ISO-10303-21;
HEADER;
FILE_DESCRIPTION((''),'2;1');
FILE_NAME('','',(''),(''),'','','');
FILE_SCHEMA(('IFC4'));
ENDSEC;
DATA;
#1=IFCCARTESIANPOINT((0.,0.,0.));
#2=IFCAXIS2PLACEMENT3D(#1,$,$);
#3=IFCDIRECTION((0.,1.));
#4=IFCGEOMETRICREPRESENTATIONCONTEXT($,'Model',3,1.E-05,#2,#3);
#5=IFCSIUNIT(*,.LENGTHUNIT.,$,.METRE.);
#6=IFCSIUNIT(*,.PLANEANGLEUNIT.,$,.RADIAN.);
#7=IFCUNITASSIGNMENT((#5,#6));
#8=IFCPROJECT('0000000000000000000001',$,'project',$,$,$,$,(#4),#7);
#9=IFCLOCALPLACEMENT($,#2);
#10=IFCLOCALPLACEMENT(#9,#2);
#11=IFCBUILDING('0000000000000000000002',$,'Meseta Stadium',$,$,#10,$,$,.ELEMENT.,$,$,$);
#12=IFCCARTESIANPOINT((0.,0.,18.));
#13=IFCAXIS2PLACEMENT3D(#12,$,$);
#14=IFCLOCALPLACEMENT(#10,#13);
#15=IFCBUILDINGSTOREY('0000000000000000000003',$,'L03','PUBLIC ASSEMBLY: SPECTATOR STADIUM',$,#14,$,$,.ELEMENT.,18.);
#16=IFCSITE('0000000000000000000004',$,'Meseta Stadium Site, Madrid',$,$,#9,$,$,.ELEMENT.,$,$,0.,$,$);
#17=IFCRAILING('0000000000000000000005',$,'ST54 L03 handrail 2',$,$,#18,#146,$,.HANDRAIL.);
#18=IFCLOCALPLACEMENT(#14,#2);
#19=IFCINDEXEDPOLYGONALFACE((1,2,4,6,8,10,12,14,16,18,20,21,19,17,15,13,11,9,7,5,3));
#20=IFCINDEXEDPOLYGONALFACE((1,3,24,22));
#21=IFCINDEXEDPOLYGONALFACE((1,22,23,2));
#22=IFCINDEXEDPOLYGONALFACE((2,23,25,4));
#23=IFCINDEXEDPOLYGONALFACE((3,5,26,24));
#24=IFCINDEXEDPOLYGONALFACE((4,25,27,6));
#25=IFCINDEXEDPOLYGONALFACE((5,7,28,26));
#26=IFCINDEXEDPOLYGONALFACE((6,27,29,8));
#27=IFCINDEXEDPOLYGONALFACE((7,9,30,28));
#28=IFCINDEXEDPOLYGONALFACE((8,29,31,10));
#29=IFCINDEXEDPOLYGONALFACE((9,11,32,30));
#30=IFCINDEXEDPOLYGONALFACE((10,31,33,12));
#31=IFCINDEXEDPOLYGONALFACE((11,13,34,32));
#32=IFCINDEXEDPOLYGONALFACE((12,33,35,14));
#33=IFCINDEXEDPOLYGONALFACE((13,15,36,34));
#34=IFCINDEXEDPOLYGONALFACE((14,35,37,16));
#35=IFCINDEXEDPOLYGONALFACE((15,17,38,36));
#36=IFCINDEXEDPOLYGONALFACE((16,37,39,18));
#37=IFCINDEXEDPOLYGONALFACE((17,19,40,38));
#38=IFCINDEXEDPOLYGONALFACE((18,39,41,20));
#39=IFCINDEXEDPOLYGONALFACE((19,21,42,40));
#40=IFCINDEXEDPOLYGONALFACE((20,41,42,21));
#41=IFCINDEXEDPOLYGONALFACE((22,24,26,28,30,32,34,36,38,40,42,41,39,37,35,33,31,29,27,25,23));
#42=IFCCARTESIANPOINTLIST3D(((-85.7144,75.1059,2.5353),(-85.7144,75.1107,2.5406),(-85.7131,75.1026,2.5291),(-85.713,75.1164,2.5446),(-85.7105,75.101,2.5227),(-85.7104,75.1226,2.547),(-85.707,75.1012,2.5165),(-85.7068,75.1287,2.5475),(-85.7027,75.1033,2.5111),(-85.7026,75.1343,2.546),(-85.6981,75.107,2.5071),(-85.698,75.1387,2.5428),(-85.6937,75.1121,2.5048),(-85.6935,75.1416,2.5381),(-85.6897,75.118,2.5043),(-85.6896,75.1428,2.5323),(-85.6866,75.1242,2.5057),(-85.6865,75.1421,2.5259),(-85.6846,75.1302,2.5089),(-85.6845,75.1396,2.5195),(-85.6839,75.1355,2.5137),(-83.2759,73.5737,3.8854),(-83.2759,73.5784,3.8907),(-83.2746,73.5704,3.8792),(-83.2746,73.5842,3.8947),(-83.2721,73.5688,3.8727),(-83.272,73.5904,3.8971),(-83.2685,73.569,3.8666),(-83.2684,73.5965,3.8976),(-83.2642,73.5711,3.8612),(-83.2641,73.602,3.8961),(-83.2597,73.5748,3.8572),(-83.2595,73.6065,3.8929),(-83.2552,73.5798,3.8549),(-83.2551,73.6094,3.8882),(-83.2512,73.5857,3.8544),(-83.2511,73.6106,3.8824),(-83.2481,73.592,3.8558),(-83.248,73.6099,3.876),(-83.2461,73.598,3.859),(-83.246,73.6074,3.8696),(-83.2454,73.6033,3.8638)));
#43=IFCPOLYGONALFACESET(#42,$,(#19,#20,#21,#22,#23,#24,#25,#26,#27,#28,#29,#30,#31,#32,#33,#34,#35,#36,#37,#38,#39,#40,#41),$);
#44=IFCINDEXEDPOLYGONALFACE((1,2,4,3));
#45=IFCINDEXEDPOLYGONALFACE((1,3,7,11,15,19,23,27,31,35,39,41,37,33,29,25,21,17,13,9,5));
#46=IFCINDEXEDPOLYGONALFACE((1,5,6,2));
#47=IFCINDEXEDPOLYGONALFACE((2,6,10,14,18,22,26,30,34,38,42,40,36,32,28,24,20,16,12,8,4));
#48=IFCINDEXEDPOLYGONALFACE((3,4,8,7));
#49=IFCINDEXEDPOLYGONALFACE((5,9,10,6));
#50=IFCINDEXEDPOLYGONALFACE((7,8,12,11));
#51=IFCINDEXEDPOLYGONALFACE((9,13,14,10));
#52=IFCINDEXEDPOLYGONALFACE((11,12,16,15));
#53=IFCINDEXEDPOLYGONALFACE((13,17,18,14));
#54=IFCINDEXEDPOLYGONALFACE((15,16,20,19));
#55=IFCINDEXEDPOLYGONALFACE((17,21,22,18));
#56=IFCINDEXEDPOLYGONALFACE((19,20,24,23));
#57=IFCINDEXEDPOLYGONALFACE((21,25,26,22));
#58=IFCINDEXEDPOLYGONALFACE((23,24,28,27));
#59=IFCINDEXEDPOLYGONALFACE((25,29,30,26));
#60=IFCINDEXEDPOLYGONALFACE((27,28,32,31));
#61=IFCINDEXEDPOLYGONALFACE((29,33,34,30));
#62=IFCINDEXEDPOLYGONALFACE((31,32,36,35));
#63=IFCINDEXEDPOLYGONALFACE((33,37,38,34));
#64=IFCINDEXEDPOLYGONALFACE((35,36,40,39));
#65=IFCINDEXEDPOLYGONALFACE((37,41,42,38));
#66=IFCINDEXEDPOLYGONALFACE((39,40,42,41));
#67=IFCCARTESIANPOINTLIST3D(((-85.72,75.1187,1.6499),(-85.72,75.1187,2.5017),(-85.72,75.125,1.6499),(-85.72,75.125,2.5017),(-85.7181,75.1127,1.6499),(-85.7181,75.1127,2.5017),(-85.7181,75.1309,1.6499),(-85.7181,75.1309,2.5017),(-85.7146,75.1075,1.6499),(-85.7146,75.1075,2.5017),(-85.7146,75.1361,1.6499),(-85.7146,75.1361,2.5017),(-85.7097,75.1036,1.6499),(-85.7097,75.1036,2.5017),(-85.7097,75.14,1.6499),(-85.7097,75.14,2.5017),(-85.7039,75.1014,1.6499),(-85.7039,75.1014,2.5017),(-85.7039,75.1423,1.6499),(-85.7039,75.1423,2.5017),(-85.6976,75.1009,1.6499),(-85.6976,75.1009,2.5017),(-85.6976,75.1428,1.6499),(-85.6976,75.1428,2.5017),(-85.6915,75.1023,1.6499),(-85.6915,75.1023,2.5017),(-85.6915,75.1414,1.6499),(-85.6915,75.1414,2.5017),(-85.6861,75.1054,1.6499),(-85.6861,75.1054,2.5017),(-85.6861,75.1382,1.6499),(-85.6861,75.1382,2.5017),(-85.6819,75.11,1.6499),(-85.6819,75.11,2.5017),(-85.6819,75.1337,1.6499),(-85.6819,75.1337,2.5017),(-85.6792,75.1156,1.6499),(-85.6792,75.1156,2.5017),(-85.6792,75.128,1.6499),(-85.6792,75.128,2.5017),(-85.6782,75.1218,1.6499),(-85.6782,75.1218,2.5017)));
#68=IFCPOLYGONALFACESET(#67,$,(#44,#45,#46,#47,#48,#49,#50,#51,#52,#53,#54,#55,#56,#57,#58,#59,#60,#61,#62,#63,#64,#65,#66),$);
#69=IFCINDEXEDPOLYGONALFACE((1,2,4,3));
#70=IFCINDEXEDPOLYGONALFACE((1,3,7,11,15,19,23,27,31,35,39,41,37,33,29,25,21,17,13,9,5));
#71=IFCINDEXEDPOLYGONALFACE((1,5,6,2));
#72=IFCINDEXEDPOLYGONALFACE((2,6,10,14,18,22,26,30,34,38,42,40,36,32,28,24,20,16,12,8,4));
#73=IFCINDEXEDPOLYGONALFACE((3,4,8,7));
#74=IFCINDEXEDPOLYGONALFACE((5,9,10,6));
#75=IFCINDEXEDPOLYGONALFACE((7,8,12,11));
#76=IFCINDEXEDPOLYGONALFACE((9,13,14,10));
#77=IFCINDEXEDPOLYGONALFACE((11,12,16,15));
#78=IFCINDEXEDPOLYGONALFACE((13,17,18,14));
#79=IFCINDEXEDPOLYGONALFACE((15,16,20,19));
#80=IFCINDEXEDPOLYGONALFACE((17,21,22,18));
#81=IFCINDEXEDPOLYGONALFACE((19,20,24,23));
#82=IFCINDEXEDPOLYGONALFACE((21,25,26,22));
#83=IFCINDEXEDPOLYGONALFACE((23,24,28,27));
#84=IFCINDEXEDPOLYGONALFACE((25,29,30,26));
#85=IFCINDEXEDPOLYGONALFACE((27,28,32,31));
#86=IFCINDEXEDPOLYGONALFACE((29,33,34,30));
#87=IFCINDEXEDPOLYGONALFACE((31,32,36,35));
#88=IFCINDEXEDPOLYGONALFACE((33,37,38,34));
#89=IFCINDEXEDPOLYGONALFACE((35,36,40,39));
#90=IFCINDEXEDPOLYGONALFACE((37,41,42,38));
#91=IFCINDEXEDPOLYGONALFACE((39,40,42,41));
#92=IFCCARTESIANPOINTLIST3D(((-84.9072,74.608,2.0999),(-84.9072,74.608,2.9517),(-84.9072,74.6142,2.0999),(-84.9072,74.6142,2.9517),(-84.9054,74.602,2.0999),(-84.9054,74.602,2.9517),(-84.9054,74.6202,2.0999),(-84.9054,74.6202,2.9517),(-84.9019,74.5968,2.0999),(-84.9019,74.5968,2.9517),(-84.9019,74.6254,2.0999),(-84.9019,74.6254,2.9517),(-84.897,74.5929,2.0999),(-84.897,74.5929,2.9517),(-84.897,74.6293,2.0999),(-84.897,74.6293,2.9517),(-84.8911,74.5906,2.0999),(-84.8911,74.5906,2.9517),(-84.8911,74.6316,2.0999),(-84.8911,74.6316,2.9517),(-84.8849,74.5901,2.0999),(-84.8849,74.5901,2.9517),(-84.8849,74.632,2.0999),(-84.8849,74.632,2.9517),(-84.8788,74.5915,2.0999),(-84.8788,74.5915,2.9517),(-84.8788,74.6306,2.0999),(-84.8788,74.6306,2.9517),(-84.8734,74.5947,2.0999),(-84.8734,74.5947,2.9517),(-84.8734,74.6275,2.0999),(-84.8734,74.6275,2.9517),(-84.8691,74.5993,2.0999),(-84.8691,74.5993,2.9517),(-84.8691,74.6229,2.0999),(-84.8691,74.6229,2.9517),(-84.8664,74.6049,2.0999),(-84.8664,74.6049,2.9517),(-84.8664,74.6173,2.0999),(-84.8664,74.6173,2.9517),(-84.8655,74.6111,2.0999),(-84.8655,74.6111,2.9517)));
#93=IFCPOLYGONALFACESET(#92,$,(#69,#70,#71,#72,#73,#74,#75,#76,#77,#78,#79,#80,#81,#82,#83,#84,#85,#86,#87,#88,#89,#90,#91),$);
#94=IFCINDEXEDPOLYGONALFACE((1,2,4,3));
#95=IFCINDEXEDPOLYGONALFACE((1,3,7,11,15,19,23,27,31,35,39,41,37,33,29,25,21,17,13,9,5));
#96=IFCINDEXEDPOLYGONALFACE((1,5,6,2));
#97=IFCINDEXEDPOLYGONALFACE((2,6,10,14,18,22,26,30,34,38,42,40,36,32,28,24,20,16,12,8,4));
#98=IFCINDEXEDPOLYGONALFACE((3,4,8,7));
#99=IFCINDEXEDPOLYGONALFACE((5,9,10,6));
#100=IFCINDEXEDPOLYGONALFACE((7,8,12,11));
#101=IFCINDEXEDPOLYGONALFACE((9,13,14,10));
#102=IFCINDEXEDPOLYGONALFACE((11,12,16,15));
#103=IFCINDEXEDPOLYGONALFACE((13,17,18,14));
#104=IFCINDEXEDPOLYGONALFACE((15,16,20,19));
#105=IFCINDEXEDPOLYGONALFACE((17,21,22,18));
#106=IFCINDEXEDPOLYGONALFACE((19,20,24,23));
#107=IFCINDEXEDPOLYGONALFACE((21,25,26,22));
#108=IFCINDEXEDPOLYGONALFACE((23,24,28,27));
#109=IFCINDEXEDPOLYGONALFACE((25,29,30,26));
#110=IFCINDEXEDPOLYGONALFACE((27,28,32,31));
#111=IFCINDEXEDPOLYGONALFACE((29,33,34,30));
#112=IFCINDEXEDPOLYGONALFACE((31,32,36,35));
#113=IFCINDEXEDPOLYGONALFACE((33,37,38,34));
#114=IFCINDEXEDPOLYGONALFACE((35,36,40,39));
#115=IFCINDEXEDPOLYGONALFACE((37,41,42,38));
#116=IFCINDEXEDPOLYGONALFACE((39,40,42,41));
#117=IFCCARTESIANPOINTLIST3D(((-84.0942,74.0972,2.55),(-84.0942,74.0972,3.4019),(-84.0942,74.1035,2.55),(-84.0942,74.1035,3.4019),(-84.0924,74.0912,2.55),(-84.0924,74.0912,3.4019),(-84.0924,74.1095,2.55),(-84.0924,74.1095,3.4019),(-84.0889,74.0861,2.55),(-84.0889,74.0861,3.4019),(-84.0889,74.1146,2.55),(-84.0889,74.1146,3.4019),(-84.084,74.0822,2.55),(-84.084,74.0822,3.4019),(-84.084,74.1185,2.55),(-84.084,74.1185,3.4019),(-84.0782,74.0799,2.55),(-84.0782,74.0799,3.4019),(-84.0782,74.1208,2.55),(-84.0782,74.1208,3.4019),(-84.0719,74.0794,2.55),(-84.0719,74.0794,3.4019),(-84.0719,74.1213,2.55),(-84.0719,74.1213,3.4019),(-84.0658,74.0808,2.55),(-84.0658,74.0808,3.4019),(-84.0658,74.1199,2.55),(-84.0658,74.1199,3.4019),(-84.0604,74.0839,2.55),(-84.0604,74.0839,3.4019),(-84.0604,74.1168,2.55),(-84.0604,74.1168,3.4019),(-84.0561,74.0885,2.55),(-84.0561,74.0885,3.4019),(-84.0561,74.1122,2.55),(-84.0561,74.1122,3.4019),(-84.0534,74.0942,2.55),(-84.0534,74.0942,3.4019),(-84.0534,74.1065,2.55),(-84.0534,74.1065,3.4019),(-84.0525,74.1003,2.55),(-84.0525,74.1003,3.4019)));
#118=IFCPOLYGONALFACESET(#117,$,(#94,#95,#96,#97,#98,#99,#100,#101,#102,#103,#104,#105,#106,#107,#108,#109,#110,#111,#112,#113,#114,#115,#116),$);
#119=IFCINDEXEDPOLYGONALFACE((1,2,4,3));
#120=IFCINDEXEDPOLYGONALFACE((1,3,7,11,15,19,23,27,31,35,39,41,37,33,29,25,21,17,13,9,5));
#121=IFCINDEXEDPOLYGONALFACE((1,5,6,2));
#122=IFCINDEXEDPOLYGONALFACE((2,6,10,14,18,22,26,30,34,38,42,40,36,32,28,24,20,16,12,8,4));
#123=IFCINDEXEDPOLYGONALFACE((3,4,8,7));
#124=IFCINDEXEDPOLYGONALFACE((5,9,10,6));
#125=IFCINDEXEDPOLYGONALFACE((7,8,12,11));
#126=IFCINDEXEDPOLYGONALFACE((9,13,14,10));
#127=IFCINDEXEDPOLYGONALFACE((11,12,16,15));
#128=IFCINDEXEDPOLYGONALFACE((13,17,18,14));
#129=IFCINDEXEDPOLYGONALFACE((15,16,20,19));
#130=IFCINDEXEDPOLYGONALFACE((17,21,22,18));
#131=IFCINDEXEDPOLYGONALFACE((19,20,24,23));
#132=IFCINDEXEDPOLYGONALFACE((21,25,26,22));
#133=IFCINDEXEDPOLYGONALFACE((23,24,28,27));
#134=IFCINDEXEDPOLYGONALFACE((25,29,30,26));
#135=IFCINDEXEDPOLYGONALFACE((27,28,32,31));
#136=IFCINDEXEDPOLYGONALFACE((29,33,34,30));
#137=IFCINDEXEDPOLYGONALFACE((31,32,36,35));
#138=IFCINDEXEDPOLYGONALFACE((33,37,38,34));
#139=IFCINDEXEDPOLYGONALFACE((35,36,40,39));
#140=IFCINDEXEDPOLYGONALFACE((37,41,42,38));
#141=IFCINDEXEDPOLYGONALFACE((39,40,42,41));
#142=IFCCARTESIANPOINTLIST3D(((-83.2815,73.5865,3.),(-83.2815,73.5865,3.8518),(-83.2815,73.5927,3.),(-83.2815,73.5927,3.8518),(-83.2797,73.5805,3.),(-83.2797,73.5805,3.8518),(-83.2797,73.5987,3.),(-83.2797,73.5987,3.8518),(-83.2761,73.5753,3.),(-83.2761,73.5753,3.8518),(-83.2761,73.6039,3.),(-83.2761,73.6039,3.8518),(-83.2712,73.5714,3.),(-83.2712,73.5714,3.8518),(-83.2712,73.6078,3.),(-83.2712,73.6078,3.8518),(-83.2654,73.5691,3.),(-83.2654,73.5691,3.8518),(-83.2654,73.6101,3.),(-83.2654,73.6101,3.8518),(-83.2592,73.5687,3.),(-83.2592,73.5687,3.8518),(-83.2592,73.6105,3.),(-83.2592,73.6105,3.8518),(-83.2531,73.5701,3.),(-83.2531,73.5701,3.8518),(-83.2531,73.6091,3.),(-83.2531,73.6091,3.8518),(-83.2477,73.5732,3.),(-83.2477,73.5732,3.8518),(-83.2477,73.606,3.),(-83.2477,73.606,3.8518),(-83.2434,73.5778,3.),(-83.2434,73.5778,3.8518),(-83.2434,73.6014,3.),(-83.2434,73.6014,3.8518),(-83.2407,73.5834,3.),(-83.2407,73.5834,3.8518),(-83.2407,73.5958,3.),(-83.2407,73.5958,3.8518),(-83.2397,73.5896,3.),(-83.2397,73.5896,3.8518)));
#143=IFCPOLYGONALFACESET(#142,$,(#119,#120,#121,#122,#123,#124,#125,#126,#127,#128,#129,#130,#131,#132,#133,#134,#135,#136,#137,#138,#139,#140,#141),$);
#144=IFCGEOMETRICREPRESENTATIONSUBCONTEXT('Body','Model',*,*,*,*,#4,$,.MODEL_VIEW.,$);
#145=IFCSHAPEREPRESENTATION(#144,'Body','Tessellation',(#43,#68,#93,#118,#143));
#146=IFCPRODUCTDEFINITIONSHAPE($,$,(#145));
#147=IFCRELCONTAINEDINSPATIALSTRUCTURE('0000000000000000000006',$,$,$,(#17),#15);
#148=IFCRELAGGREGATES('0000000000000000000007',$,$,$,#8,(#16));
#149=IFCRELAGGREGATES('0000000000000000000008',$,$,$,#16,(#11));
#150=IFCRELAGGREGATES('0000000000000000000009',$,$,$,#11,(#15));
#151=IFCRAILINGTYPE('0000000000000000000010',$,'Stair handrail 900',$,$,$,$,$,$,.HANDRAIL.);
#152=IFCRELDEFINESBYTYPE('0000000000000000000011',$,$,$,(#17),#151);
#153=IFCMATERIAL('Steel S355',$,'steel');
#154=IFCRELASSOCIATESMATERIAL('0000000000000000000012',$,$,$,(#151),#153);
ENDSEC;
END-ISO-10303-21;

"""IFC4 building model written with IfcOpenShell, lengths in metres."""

from ifc_helpers import new_model, si_unit, direction, frame, origin, origin_2d, place, context, subcontext, project, spatial, circle, extrude, material, type_object, element, save


model = new_model("IFC4")

# Units and contexts
model_context = context("Model", 3, precision=1e-05, world=origin(), true_north=direction((0.0, 1.0)))
body_context = subcontext(model_context, "Body", "Model", "MODEL_VIEW")
ifc_project = project(units=[si_unit("LENGTHUNIT", "METRE"), si_unit("PLANEANGLEUNIT", "RADIAN")], contexts=[model_context])

# Site, building, storey
site_placement = place(None, origin())
site = spatial("IfcSite", under=ifc_project, at=site_placement, Name="Meseta Stadium Site, Madrid", CompositionType="ELEMENT", RefElevation=0.0)
building_placement = place(site_placement, origin())
building = spatial("IfcBuilding", under=site, at=building_placement, Name="Meseta Stadium", CompositionType="ELEMENT")
storey_placement = place(building_placement, frame((0.0, 0.0, 18.0)))
storey = spatial("IfcBuildingStorey", under=building, at=storey_placement, Name="L03", Description="PUBLIC ASSEMBLY: SPECTATOR STADIUM", CompositionType="ELEMENT", Elevation=18.0)

# Railing
ifc_material_1 = material(Name="Steel S355", Category="steel")
railing_type_1 = type_object("IfcRailingType", Name="Stair handrail 900", PredefinedType="HANDRAIL", material=ifc_material_1)
for number, where, name in (
    (1, (-85.6992, 75.1218, 1.6499), "ST54 L03 handrail 2"),
):
    element("IfcRailing", number, at=place(storey_placement, frame(where)), inside=storey, type_object=railing_type_1, Name=name, PredefinedType="HANDRAIL", context=body_context, shape_type="SweptSolid", body=[
        extrude(circle(Radius=0.0239, at=origin_2d()), frame((0.0, 0.0, 0.876), z_axis=(0.766655, -0.481731, 0.42447), x_axis=(0.53204, 0.846719, 0.0)), (0.0, 0.0, 1.0), 3.1807),
        extrude(circle(Radius=0.021, at=origin_2d()), origin(), (0.0, 0.0, 1.0), 0.8518),
        extrude(circle(Radius=0.021, at=origin_2d()), frame((0.8127, -0.5107, 0.45)), (0.0, 0.0, 1.0), 0.8518),
        extrude(circle(Radius=0.021, at=origin_2d()), frame((1.6257, -1.0215, 0.9001)), (0.0, 0.0, 1.0), 0.8518),
        extrude(circle(Radius=0.021, at=origin_2d()), frame((2.4385, -1.5322, 1.3501)), (0.0, 0.0, 1.0), 0.8518),
    ])

save(model, "model.ifc")
